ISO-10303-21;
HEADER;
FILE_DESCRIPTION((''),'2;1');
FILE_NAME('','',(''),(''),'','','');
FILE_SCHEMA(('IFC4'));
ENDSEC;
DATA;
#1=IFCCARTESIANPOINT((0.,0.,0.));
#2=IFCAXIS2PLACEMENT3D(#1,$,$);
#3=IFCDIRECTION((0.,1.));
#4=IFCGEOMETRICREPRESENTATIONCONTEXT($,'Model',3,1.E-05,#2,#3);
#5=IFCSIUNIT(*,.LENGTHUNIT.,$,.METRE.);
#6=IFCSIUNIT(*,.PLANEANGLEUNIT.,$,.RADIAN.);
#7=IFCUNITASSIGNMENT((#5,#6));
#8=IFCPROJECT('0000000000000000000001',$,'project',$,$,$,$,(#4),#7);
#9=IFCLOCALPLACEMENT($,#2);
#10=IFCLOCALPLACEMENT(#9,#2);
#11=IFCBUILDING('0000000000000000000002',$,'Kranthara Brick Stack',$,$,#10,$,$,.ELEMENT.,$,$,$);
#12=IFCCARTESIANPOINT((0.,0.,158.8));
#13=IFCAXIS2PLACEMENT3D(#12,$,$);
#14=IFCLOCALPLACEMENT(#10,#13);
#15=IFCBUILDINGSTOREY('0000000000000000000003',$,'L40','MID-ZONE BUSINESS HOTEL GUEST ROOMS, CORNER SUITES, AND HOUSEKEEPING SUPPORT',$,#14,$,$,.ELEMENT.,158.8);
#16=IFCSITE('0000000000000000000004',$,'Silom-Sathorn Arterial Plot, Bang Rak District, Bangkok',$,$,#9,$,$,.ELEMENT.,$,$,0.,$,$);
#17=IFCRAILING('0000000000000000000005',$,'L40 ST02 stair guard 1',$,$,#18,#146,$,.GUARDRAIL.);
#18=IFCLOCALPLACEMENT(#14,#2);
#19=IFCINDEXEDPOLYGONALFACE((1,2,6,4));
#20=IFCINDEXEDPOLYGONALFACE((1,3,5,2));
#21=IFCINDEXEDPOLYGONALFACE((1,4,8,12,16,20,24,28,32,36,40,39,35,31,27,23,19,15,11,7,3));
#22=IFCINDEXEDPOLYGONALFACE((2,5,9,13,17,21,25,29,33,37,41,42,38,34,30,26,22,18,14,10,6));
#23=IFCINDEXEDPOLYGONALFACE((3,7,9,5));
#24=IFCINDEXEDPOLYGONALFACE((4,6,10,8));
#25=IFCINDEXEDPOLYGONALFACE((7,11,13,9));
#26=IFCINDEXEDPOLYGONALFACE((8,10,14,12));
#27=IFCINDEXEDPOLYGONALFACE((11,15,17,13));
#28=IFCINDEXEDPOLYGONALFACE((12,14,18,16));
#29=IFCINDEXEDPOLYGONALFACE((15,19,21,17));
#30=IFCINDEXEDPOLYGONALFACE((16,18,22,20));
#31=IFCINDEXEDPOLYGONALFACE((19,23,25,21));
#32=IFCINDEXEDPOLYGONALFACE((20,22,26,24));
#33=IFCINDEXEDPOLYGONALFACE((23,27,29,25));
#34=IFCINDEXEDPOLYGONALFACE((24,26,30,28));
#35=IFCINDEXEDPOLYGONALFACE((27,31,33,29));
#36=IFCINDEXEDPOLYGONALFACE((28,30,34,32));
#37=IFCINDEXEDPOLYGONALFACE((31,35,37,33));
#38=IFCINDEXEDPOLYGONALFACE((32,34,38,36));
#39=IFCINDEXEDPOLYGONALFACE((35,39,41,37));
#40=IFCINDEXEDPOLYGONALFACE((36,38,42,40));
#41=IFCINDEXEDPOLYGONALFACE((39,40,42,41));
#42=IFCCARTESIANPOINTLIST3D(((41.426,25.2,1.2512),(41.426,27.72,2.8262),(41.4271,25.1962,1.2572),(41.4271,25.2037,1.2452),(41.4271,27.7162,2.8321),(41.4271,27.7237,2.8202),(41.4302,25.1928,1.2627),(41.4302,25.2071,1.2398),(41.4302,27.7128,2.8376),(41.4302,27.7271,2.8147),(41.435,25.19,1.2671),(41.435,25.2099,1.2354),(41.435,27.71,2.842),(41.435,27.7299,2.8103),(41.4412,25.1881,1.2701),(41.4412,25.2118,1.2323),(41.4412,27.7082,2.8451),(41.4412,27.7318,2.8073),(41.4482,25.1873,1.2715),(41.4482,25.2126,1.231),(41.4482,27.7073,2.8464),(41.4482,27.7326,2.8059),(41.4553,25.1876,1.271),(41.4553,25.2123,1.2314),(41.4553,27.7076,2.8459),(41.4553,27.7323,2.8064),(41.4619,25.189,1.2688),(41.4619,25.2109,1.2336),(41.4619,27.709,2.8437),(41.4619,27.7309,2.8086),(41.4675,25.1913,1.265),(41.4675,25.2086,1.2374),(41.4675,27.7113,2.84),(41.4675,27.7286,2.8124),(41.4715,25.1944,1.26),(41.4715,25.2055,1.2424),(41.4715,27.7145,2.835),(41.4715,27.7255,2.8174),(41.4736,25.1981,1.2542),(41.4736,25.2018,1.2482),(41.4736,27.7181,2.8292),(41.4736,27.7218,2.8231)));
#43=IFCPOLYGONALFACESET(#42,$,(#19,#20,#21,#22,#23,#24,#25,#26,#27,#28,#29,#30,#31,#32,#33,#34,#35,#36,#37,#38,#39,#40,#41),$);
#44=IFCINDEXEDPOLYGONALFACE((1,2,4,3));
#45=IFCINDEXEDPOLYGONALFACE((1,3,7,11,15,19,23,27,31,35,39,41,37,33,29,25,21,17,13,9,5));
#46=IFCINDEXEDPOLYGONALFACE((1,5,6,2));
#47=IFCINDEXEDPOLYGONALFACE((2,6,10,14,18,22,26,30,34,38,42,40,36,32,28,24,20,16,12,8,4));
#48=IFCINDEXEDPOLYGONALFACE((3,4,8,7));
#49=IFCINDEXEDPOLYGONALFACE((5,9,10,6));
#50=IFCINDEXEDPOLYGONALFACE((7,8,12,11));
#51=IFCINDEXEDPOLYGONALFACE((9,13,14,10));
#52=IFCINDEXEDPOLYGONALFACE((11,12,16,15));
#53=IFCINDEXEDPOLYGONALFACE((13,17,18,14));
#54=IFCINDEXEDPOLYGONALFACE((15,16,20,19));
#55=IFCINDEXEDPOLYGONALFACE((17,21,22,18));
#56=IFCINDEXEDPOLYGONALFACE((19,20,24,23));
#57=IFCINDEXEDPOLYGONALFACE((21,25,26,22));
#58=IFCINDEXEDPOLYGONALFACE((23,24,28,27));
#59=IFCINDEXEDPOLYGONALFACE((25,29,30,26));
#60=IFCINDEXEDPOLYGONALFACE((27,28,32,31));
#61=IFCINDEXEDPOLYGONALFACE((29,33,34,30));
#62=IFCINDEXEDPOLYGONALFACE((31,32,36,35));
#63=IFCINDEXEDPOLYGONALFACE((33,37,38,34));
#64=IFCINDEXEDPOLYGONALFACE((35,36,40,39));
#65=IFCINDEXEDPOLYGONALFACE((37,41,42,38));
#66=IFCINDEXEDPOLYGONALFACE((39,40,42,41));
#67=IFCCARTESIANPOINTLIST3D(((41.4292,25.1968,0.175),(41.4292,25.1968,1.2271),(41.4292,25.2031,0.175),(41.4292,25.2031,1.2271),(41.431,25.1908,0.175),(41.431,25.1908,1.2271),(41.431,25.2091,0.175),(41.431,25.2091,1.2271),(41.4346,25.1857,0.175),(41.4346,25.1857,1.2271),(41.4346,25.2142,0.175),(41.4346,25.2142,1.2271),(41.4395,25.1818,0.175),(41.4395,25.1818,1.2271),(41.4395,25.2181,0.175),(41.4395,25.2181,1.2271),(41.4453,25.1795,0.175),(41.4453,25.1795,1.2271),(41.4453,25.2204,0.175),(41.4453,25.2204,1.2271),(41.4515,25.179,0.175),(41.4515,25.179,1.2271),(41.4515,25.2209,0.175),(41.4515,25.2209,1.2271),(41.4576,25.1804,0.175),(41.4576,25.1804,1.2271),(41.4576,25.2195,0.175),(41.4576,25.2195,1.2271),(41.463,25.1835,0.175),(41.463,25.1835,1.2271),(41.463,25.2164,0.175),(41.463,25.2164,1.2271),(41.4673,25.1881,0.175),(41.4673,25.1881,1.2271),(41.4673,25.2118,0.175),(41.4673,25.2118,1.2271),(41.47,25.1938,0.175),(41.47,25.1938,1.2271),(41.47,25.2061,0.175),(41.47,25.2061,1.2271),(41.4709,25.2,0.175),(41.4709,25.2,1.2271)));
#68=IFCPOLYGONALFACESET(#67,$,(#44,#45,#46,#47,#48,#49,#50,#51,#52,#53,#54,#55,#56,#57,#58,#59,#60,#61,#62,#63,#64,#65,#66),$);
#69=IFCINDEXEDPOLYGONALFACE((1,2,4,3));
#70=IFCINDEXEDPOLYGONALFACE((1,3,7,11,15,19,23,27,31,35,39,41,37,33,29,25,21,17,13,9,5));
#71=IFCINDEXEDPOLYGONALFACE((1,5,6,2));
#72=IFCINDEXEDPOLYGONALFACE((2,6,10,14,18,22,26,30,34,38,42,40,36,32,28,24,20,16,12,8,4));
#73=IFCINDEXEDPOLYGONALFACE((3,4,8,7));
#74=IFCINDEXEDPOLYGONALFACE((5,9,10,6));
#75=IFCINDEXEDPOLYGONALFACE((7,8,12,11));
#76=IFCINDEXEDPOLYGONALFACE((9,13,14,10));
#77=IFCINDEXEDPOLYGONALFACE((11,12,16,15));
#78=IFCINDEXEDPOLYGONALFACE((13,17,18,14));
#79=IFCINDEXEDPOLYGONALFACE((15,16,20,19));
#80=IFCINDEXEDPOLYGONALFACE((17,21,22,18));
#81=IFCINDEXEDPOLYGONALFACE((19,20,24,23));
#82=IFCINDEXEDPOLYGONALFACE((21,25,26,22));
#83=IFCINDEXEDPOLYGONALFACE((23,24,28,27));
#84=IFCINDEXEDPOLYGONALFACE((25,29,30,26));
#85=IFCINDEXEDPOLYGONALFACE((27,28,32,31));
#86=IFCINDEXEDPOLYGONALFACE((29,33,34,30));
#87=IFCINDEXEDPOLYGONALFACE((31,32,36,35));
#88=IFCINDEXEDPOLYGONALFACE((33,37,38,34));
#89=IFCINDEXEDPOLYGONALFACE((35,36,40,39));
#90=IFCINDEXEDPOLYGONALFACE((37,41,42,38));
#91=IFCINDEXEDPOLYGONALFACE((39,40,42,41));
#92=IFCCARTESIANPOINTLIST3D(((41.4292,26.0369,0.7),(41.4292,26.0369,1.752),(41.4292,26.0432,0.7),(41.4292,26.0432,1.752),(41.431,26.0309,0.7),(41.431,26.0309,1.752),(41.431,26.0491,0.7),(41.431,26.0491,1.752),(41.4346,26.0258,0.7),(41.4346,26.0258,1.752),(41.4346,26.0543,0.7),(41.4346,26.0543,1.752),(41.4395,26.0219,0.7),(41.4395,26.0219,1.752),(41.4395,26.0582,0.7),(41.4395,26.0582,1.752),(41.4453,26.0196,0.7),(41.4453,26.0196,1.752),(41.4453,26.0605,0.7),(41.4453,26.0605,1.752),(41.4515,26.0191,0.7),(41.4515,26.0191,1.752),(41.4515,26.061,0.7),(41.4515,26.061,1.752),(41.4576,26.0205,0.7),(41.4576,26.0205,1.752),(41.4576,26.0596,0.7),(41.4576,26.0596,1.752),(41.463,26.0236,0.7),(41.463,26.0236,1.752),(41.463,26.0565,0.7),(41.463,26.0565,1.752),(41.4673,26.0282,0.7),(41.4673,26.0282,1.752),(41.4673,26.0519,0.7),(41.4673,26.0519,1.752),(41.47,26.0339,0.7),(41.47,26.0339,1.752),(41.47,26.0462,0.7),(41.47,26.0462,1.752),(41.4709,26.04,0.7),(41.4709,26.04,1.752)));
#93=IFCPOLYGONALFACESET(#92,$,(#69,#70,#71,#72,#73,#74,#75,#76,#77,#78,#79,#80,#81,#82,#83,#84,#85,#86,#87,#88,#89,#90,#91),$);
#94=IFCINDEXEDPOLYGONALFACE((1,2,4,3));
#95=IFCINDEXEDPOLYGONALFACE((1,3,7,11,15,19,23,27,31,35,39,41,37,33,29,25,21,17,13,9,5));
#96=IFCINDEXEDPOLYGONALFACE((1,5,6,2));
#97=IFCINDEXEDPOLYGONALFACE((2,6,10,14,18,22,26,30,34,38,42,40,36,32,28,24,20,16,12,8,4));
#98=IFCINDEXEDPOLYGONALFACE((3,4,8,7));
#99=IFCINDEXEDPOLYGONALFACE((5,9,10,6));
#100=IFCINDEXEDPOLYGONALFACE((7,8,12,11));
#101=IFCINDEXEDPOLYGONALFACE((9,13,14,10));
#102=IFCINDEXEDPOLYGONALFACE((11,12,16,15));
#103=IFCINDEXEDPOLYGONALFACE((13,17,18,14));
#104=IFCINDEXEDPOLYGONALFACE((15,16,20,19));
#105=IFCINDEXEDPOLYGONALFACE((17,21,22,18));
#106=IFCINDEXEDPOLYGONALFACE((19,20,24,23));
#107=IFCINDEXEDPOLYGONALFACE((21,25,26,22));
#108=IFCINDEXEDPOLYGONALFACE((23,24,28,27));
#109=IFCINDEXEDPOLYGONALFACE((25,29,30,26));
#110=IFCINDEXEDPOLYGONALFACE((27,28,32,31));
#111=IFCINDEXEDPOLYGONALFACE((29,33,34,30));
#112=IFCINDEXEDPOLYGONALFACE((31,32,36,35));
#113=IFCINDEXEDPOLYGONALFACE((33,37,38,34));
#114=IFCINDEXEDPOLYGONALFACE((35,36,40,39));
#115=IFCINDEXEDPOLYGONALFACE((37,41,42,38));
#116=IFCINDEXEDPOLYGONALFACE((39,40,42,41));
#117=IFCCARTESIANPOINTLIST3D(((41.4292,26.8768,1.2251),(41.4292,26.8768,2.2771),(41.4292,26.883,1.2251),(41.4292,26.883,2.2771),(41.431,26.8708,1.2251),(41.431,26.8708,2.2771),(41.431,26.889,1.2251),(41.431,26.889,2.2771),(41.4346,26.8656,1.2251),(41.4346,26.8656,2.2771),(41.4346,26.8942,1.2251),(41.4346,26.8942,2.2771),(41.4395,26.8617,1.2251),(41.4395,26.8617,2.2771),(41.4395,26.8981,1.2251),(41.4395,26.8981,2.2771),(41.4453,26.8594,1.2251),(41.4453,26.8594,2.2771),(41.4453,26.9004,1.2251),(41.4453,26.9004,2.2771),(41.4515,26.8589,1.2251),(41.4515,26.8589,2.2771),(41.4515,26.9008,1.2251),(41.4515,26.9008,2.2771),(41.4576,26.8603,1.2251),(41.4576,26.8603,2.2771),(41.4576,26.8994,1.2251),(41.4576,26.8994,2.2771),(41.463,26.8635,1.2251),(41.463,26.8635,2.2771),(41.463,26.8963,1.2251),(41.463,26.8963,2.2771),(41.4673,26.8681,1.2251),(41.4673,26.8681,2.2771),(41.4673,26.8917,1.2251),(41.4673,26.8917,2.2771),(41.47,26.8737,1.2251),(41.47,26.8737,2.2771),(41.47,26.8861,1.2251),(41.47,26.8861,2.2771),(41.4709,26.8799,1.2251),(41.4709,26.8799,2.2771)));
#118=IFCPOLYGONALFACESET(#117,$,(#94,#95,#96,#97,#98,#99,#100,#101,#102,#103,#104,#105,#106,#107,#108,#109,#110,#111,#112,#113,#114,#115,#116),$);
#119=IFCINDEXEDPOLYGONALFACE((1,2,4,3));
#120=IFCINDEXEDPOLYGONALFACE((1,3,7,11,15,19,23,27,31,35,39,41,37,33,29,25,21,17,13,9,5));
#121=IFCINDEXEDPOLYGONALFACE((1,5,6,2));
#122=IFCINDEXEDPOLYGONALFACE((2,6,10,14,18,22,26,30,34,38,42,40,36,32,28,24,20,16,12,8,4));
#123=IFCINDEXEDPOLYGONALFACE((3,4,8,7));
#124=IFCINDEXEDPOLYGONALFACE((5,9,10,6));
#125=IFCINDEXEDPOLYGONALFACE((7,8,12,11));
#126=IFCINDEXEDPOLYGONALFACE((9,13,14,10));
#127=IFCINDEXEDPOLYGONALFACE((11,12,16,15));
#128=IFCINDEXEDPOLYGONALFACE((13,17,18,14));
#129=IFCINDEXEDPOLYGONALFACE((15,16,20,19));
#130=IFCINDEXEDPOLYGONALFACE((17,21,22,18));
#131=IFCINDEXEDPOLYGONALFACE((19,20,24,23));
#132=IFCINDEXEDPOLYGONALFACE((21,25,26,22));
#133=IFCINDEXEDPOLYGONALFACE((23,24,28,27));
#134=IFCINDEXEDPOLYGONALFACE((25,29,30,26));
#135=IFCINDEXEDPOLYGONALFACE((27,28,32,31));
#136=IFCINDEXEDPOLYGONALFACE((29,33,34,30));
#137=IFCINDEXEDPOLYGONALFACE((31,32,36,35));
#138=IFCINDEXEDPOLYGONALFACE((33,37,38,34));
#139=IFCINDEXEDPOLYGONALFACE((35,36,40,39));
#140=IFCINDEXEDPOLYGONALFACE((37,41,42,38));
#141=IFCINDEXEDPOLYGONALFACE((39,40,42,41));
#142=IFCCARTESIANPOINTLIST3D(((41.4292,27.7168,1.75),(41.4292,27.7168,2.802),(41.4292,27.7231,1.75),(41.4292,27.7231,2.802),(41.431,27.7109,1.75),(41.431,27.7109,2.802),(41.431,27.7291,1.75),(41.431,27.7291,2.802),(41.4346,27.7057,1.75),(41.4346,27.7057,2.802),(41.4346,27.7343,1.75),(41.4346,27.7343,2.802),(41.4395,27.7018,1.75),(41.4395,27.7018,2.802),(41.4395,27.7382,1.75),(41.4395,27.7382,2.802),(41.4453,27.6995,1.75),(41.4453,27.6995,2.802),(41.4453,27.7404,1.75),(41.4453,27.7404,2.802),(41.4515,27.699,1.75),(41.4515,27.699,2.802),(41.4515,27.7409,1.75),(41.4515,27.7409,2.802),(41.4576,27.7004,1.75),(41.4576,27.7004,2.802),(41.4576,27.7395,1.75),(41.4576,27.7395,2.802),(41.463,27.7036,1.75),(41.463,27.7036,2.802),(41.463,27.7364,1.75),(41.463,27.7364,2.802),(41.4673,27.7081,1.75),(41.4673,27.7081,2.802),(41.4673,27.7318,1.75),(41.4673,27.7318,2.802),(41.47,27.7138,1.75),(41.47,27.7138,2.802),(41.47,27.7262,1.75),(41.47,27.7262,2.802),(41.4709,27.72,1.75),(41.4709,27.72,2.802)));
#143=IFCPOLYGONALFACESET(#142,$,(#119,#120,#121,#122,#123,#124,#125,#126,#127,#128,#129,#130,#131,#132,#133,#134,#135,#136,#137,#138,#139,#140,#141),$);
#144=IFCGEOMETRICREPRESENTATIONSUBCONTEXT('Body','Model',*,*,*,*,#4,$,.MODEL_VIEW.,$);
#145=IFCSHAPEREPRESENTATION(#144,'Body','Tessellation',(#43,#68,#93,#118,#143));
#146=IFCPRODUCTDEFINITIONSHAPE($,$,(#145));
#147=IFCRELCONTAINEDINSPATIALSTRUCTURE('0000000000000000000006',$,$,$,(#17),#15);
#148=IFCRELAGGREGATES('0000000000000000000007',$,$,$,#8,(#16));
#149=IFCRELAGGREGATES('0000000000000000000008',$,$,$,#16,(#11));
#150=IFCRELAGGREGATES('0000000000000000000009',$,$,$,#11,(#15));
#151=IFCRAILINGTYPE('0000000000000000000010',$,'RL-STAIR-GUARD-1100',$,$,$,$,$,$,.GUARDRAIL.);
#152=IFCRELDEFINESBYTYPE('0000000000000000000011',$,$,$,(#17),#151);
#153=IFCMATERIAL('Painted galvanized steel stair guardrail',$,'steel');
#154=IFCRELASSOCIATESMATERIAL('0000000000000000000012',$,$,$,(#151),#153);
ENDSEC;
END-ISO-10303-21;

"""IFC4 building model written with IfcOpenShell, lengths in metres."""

from ifc_helpers import new_model, si_unit, direction, frame, origin, origin_2d, place, context, subcontext, project, spatial, circle, extrude, material, type_object, element, save


model = new_model("IFC4")

# Units and contexts
model_context = context("Model", 3, precision=1e-05, world=origin(), true_north=direction((0.0, 1.0)))
body_context = subcontext(model_context, "Body", "Model", "MODEL_VIEW")
ifc_project = project(units=[si_unit("LENGTHUNIT", "METRE"), si_unit("PLANEANGLEUNIT", "RADIAN")], contexts=[model_context])

# Site, building, storey
site_placement = place(None, origin())
site = spatial("IfcSite", under=ifc_project, at=site_placement, Name="Silom-Sathorn Arterial Plot, Bang Rak District, Bangkok", CompositionType="ELEMENT", RefElevation=0.0)
building_placement = place(site_placement, origin())
building = spatial("IfcBuilding", under=site, at=building_placement, Name="Kranthara Brick Stack", CompositionType="ELEMENT")
storey_placement = place(building_placement, frame((0.0, 0.0, 158.8)))
storey = spatial("IfcBuildingStorey", under=building, at=storey_placement, Name="L40", Description="MID-ZONE BUSINESS HOTEL GUEST ROOMS, CORNER SUITES, AND HOUSEKEEPING SUPPORT", CompositionType="ELEMENT", Elevation=158.8)

# Railing
ifc_material_1 = material(Name="Painted galvanized steel stair guardrail", Category="steel")
railing_type = type_object("IfcRailingType", Name="RL-STAIR-GUARD-1100", PredefinedType="GUARDRAIL", material=ifc_material_1)
railing_1_placement = place(storey_placement, frame((41.45, 25.2, 0.175)))
element("IfcRailing", 1, at=railing_1_placement, inside=storey, type_object=railing_type, Name="L40 ST02 stair guard 1", PredefinedType="GUARDRAIL", context=body_context, shape_type="SweptSolid", body=[
    extrude(circle(Radius=0.0239, at=origin_2d()), frame((0.0, 0.0, 1.0762), z_axis=(0.0, 0.848008, 0.529984), x_axis=(-1.0, 0.0, 0.0)), (0.0, 0.0, 1.0), 2.9717),
    extrude(circle(Radius=0.021, at=origin_2d()), origin(), (0.0, 0.0, 1.0), 1.052),
    extrude(circle(Radius=0.021, at=origin_2d()), frame((0.0, 0.8401, 0.5249)), (0.0, 0.0, 1.0), 1.052),
    extrude(circle(Radius=0.021, at=origin_2d()), frame((0.0, 1.6799, 1.05)), (0.0, 0.0, 1.0), 1.052),
    extrude(circle(Radius=0.021, at=origin_2d()), frame((0.0, 2.52, 1.575)), (0.0, 0.0, 1.0), 1.052),
])

save(model, "model.ifc")
